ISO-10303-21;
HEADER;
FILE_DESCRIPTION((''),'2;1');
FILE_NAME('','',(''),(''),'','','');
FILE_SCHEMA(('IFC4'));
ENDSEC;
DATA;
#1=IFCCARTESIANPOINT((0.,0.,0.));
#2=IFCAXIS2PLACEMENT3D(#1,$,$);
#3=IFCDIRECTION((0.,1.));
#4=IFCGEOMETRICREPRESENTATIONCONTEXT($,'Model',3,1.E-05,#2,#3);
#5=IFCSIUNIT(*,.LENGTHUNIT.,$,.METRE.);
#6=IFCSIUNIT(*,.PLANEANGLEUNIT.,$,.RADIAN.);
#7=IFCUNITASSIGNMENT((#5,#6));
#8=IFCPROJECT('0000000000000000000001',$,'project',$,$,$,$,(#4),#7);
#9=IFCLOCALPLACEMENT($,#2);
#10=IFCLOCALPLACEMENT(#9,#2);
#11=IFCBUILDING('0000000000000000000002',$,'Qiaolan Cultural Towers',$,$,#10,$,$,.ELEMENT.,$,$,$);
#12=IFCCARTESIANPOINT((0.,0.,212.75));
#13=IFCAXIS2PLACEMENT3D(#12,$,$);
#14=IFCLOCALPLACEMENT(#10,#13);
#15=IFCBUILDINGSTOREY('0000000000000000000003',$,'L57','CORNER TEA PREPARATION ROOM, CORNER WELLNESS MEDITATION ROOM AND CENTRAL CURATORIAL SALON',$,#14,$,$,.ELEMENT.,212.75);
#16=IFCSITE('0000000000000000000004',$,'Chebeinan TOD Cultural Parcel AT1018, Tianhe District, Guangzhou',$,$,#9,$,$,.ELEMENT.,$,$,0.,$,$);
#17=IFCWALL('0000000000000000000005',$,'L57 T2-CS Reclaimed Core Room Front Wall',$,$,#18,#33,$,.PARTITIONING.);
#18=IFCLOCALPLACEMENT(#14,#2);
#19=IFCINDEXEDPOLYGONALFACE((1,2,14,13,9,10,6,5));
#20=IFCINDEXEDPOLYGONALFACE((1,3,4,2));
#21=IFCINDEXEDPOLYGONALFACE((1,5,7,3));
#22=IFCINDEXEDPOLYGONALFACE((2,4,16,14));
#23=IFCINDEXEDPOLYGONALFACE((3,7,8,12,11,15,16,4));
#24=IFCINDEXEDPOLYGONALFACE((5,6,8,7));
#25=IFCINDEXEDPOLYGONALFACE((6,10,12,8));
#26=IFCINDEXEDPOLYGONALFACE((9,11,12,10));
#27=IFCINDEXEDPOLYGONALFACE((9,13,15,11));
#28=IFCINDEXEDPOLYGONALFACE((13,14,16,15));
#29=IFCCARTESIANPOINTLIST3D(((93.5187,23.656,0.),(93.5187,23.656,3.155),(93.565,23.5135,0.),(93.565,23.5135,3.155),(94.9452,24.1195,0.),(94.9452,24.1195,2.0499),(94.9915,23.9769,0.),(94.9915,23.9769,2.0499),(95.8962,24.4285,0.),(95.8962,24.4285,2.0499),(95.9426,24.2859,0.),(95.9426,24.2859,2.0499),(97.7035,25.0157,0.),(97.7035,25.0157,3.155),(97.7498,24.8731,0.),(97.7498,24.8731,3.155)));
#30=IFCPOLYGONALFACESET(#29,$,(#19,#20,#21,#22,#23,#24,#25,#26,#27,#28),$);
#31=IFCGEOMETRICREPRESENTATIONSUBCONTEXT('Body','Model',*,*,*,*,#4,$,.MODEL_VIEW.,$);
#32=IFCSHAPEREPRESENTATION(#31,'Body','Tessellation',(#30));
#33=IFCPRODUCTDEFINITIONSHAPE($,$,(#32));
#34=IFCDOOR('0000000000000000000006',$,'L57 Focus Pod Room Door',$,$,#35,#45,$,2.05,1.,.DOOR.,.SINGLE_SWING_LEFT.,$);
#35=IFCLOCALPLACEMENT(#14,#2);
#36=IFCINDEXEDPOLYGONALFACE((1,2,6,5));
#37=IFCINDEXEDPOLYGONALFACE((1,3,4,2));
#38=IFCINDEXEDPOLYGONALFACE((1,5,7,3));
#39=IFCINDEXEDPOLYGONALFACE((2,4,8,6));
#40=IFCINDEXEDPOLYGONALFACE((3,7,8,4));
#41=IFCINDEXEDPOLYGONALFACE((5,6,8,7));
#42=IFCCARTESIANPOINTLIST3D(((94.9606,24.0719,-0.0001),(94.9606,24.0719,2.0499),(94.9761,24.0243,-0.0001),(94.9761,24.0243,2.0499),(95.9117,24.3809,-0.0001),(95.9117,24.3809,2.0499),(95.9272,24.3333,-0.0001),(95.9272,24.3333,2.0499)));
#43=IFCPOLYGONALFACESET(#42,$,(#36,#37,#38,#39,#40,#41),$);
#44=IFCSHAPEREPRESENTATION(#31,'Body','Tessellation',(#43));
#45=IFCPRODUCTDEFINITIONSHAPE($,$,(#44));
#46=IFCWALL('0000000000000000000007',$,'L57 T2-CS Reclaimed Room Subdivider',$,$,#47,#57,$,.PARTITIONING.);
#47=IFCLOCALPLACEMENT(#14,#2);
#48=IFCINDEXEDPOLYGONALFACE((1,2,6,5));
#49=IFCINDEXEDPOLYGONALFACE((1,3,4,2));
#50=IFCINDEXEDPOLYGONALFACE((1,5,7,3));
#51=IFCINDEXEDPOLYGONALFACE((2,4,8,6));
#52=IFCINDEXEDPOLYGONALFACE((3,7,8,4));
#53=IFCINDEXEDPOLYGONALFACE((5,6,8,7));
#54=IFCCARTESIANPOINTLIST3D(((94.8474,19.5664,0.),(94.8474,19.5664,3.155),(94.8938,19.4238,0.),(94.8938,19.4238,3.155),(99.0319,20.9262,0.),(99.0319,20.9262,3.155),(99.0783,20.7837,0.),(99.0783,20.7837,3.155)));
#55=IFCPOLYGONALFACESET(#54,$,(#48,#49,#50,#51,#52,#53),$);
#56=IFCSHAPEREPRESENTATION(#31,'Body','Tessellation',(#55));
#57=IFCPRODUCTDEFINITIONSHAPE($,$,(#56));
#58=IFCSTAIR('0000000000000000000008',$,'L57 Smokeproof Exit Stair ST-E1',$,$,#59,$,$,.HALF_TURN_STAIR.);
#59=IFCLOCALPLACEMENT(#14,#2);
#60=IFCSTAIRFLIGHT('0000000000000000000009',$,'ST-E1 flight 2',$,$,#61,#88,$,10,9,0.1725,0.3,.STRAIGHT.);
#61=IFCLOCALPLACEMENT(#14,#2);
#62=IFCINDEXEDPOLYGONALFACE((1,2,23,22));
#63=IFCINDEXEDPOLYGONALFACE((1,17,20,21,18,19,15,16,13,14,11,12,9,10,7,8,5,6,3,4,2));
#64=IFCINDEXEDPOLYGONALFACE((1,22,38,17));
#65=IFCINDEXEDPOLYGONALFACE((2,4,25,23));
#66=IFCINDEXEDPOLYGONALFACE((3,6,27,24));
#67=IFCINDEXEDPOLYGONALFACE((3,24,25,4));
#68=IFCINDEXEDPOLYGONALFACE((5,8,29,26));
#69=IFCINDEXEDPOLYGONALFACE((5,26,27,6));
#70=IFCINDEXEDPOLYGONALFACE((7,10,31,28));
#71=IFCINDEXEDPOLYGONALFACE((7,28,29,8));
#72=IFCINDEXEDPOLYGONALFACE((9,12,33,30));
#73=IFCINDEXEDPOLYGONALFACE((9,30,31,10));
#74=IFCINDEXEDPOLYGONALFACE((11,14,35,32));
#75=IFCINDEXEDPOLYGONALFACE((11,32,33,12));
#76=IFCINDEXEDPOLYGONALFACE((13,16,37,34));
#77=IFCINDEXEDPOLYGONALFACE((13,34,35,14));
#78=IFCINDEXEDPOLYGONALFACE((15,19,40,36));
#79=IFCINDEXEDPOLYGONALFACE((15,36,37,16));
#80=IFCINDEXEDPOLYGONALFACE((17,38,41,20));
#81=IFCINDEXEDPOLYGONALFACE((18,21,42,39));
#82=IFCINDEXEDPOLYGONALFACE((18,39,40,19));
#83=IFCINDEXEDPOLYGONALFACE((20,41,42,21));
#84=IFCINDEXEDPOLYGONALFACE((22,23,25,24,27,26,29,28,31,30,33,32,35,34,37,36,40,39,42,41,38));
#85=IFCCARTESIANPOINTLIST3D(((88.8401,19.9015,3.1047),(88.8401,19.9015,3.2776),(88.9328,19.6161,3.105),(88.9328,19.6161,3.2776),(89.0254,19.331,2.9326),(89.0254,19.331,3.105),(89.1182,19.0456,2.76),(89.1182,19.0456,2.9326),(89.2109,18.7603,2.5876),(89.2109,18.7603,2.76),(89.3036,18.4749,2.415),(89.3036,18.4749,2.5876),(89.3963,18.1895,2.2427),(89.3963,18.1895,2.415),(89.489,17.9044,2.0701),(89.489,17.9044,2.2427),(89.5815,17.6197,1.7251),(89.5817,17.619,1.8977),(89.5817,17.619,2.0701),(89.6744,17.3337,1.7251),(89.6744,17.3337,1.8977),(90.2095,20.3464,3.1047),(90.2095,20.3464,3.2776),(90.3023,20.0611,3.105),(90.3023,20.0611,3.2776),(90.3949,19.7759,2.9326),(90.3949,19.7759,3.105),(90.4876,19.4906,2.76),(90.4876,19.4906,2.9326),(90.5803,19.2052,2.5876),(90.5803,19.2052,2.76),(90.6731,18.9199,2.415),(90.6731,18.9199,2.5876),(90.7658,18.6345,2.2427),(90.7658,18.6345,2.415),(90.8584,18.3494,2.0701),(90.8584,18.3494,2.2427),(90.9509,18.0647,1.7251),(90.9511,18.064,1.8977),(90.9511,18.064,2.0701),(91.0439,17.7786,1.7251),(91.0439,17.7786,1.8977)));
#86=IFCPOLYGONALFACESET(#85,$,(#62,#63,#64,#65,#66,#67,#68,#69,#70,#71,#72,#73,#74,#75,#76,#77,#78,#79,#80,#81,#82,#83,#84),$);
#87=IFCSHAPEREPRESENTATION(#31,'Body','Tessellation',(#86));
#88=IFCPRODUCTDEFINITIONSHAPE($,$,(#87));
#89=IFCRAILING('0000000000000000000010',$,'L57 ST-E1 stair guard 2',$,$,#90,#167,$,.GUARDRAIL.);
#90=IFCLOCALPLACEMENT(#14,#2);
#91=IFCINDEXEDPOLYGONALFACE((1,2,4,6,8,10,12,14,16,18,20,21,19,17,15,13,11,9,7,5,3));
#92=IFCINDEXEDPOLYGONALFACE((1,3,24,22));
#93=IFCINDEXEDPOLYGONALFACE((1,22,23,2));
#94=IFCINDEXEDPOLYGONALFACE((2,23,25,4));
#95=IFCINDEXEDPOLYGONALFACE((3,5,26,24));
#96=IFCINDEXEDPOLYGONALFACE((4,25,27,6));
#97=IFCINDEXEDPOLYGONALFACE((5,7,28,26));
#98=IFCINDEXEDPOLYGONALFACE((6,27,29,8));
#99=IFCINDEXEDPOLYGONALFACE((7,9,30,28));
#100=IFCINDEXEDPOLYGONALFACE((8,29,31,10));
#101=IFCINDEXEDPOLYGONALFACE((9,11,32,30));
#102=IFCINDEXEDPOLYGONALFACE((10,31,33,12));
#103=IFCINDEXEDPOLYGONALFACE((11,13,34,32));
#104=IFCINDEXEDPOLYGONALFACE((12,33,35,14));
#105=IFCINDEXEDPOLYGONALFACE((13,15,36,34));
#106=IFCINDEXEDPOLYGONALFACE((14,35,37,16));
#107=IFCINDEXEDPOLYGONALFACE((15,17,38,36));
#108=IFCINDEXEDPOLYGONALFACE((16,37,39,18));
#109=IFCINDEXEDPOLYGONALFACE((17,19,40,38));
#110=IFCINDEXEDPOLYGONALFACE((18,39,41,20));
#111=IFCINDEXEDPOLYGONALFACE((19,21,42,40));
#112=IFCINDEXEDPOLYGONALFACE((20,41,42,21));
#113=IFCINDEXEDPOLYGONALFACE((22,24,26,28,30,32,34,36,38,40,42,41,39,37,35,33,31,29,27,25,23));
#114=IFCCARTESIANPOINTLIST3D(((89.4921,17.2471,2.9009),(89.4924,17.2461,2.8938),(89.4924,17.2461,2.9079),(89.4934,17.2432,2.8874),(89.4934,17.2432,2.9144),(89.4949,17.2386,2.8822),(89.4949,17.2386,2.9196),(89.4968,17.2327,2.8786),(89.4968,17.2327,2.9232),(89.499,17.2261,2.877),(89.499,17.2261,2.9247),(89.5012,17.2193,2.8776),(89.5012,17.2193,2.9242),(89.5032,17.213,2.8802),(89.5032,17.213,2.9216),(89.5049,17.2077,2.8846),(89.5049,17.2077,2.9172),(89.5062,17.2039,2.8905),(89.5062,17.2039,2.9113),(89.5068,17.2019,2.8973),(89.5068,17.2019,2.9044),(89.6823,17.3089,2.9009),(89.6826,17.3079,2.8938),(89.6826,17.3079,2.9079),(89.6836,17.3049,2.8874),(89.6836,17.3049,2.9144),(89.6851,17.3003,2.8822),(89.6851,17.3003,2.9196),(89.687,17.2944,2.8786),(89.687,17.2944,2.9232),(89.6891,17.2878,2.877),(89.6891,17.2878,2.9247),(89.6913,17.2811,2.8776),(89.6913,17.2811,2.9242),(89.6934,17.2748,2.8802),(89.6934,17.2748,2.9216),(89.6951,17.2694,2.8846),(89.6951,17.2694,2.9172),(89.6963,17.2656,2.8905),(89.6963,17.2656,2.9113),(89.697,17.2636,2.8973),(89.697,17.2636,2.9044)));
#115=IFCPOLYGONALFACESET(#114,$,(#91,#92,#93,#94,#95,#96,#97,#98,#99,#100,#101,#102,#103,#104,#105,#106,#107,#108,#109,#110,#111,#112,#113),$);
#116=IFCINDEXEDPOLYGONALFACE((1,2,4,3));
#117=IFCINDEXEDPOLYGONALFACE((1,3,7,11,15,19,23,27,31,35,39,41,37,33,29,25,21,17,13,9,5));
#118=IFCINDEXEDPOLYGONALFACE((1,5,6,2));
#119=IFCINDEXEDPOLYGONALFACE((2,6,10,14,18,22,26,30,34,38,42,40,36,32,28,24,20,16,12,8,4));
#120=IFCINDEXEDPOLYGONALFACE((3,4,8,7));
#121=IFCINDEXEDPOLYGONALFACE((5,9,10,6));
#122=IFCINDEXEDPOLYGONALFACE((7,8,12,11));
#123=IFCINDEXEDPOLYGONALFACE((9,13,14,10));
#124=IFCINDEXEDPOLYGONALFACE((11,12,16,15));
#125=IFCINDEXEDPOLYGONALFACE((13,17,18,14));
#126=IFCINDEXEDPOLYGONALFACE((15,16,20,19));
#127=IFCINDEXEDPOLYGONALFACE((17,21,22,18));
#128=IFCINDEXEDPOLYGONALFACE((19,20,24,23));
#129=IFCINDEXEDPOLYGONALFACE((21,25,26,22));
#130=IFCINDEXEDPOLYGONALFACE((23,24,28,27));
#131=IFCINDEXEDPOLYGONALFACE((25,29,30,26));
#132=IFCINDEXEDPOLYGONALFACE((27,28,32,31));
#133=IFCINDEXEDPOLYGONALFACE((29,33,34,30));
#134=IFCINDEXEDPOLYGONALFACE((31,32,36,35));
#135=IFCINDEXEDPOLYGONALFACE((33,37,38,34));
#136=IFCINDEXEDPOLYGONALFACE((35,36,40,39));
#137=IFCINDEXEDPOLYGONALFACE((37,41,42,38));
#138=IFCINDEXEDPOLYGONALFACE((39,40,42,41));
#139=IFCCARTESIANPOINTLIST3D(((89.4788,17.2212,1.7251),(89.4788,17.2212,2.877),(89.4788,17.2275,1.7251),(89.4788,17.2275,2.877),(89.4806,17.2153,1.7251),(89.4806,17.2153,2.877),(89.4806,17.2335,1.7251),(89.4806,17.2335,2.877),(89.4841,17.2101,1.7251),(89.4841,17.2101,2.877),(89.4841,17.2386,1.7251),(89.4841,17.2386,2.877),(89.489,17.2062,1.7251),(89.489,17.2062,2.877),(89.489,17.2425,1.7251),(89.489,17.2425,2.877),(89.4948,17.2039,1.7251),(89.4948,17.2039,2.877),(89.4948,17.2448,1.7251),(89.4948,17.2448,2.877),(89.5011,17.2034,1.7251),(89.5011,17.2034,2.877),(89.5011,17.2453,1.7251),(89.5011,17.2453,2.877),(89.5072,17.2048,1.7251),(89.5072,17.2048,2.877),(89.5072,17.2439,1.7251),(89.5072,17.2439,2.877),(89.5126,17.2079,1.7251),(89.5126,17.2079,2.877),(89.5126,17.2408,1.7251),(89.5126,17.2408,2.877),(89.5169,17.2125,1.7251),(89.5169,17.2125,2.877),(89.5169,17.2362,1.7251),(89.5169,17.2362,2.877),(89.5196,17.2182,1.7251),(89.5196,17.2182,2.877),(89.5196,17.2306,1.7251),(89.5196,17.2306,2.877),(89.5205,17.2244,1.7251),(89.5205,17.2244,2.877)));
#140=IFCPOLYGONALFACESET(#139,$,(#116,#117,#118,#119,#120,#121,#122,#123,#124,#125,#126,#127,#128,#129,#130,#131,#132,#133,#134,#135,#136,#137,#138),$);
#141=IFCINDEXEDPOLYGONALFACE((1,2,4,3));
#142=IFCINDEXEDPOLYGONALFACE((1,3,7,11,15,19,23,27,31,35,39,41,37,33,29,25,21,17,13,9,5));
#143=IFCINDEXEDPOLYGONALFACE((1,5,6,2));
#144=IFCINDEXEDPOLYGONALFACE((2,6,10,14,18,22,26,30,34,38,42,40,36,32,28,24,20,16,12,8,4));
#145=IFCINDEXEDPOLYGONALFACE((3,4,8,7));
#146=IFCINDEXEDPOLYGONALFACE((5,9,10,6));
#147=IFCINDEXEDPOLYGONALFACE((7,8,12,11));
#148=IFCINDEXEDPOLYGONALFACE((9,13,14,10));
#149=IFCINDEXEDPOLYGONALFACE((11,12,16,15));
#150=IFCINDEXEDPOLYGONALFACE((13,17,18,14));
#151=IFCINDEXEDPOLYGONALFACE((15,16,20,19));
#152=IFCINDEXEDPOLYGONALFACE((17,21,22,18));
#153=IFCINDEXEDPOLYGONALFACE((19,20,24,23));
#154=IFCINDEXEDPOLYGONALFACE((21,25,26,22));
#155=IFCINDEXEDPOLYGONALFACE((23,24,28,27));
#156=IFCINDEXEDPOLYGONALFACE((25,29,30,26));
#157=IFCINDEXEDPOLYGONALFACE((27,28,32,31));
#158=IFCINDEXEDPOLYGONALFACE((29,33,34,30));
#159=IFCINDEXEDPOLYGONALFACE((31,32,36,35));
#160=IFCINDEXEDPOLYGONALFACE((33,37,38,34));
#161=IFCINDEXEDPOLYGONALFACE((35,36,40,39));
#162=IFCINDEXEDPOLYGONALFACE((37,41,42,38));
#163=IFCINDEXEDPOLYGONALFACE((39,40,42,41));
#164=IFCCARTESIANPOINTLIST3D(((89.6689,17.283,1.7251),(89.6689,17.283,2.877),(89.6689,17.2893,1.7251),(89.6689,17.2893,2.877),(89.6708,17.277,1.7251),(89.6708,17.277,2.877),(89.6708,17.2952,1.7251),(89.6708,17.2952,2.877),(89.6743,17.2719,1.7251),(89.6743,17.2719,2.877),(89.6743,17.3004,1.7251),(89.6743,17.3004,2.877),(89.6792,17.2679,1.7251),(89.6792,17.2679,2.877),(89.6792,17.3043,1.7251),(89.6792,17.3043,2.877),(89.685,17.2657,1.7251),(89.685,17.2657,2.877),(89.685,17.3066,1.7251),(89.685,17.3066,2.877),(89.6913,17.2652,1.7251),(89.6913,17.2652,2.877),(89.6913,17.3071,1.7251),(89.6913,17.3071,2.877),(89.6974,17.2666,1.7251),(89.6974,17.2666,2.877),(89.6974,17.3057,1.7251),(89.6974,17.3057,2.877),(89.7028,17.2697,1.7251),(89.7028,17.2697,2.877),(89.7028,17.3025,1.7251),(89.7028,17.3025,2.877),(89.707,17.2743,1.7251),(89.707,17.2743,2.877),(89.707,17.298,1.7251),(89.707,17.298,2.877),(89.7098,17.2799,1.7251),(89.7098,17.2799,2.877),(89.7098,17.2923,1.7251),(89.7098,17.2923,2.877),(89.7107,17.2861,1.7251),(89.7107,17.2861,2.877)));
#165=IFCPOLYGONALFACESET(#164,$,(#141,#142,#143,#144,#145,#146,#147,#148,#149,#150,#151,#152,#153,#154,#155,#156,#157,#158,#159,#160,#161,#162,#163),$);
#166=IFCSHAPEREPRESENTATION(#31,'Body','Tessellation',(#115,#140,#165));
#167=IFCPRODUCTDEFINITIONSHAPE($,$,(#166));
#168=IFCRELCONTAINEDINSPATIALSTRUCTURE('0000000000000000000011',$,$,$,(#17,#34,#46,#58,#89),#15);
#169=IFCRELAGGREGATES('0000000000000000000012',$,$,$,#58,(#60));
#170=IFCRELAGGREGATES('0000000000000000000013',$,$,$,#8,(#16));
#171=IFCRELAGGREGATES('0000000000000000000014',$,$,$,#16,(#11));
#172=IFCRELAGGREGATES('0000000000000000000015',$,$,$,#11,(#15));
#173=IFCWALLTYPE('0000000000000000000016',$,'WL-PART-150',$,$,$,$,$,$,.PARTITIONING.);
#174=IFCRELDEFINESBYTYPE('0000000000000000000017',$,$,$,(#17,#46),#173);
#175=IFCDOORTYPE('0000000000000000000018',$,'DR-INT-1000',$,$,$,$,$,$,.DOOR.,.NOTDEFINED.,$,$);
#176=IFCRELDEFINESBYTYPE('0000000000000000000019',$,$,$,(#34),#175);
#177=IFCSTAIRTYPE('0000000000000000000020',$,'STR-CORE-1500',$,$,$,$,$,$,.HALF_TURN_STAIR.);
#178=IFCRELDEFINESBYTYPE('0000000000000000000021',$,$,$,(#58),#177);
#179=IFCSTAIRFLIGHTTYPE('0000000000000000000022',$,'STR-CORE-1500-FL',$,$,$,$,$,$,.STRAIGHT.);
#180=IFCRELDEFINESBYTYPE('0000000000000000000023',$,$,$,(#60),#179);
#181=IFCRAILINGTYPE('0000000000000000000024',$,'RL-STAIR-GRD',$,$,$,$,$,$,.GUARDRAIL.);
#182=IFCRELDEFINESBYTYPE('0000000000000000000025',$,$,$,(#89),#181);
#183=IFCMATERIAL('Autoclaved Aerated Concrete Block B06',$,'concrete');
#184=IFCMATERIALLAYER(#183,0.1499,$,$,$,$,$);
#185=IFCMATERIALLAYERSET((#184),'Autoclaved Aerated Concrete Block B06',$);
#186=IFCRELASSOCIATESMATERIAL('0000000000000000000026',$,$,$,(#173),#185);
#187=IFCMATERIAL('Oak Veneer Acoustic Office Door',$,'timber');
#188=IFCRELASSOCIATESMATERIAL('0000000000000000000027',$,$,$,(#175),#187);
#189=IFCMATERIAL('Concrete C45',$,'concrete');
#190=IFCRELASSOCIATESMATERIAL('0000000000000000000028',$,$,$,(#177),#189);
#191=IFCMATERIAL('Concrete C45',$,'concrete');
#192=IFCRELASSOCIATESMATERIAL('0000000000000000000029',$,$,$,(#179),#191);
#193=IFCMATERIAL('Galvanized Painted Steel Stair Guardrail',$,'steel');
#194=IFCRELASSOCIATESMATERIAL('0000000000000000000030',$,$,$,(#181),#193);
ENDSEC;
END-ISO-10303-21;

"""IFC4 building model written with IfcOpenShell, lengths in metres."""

from ifc_helpers import new_model, si_unit, direction, frame, frame_2d, origin, origin_2d, place, context, subcontext, project, spatial, polyline, rectangle, circle, outline, extrude, material, layer, layer_set, type_object, element, fill, aggregate, save


model = new_model("IFC4")

# Units and contexts
model_context = context("Model", 3, precision=1e-05, world=origin(), true_north=direction((0.0, 1.0)))
body_context = subcontext(model_context, "Body", "Model", "MODEL_VIEW")
ifc_project = project(units=[si_unit("LENGTHUNIT", "METRE"), si_unit("PLANEANGLEUNIT", "RADIAN")], contexts=[model_context])

# Site, building, storey
site_placement = place(None, origin())
site = spatial("IfcSite", under=ifc_project, at=site_placement, Name="Chebeinan TOD Cultural Parcel AT1018, Tianhe District, Guangzhou", CompositionType="ELEMENT", RefElevation=0.0)
building_placement = place(site_placement, origin())
building = spatial("IfcBuilding", under=site, at=building_placement, Name="Qiaolan Cultural Towers", CompositionType="ELEMENT")
storey_placement = place(building_placement, frame((0.0, 0.0, 212.75)))
storey = spatial("IfcBuildingStorey", under=building, at=storey_placement, Name="L57", Description="CORNER TEA PREPARATION ROOM, CORNER WELLNESS MEDITATION ROOM AND CENTRAL CURATORIAL SALON", CompositionType="ELEMENT", Elevation=212.75)

# Wall, opening, door
ifc_material_1 = material(Name="Autoclaved Aerated Concrete Block B06", Category="concrete")
ifc_layer_1 = layer(ifc_material_1, 0.1499)
ifc_layer_set_1 = layer_set([ifc_layer_1], Name="Autoclaved Aerated Concrete Block B06")
wall_type_1 = type_object("IfcWallType", Name="WL-PART-150", PredefinedType="PARTITIONING", material=ifc_layer_set_1)
wall_1_placement = place(storey_placement, frame((93.5417, 23.5847, 0.0), z_axis=(0.0, 0.0, 1.0), x_axis=(0.951064, 0.308994, 0.0)))
wall_1 = element("IfcWall", 1, at=wall_1_placement, inside=storey, type_object=wall_type_1, Name="L57 T2-CS Reclaimed Core Room Front Wall", PredefinedType="PARTITIONING", context=body_context, shape_type="SweptSolid", body=[
    extrude(rectangle(XDim=4.4001, YDim=0.1499, at=frame_2d((2.2002, 0.0))), origin(), (0.0, 0.0, 1.0), 3.155),
])
opening_1_placement = place(wall_1_placement, frame((1.5, 0.0, 0.0)))
opening_1 = element("IfcOpeningElement", 2, at=opening_1_placement, cuts=wall_1, PredefinedType="OPENING", context=body_context, shape_type="SweptSolid", body=[
    extrude(rectangle(XDim=1.0, YDim=2.05, at=frame_2d((0.5, 1.0249))), frame((0.0, 0.085, 0.0), z_axis=(0.0, -1.0, 0.0), x_axis=(1.0, 0.0, 0.0)), (0.0, 0.0, 1.0), 0.1699),
])
ifc_material_2 = material(Name="Oak Veneer Acoustic Office Door", Category="timber")
door_type_1 = type_object("IfcDoorType", Name="DR-INT-1000", OperationType="NOTDEFINED", PredefinedType="DOOR", material=ifc_material_2)
door_1_placement = place(opening_1_placement, origin())
door_1 = element("IfcDoor", 3, at=door_1_placement, inside=storey, type_object=door_type_1, Name="L57 Focus Pod Room Door", OperationType="SINGLE_SWING_LEFT", OverallHeight=2.05, OverallWidth=1.0, PredefinedType="DOOR", context=body_context, shape_type="SweptSolid", body=[
    extrude(rectangle(XDim=1.0, YDim=2.05, at=frame_2d((0.5, 1.0249))), frame((0.0, 0.0249, 0.0), z_axis=(0.0, -1.0, 0.0), x_axis=(1.0, 0.0, 0.0)), (0.0, 0.0, 1.0), 0.05),
])
fill(opening_1, door_1)

# Wall
wall_2_placement = place(storey_placement, frame((94.8706, 19.4951, 0.0), z_axis=(0.0, 0.0, 1.0), x_axis=(0.951042, 0.309061, 0.0)))
element("IfcWall", 4, at=wall_2_placement, inside=storey, type_object=wall_type_1, Name="L57 T2-CS Reclaimed Room Subdivider", PredefinedType="PARTITIONING", context=body_context, shape_type="SweptSolid", body=[
    extrude(rectangle(XDim=4.3999, YDim=0.1499, at=frame_2d((2.2, 0.0))), origin(), (0.0, 0.0, 1.0), 3.155),
])

# Stair, stair flight
ifc_material_3 = material(Name="Concrete C45", Category="concrete")
stair_type = type_object("IfcStairType", Name="STR-CORE-1500", PredefinedType="HALF_TURN_STAIR", material=ifc_material_3)
stair_placement = place(storey_placement, origin())
stair = element("IfcStair", 5, at=stair_placement, inside=storey, type_object=stair_type, Name="L57 Smokeproof Exit Stair ST-E1", PredefinedType="HALF_TURN_STAIR")
ifc_material_4 = material(Name="Concrete C45", Category="concrete")
stair_flight_type = type_object("IfcStairFlightType", Name="STR-CORE-1500-FL", PredefinedType="STRAIGHT", material=ifc_material_4)
stair_flight_placement = place(storey_placement, frame((90.3591, 17.5562, 1.7251), z_axis=(0.0, 0.0, 1.0), x_axis=(-0.309017, 0.951057, 0.0)))
stair_flight = element("IfcStairFlight", 6, at=stair_flight_placement, type_object=stair_flight_type, Name="ST-E1 flight 2", NumberOfRisers=10, NumberOfTreads=9, PredefinedType="STRAIGHT", RiserHeight=0.1725, TreadLength=0.3, context=body_context, shape_type="SweptSolid", body=[
    extrude(outline(polyline([(0.0, 0.0), (0.0, 0.1726), (0.3, 0.1726), (0.3, 0.345), (0.6001, 0.345), (0.6001, 0.5176), (0.8999, 0.5176), (0.8999, 0.6899), (1.2, 0.6899), (1.2, 0.8625), (1.5, 0.8625), (1.5, 1.0349), (1.8, 1.0349), (1.8, 1.2075), (2.1001, 1.2075), (2.1001, 1.3799), (2.3999, 1.3799), (2.3999, 1.5525), (2.7, 1.5525), (2.7, 1.7251), (2.7, 1.3796), (0.3008, 0.0), (0.0, 0.0)])), frame((0.0, 0.72, 0.0), z_axis=(0.0, -1.0, 0.0), x_axis=(1.0, 0.0, 0.0)), (0.0, 0.0, 1.0), 1.4399),
])
aggregate(stair, [stair_flight])

# Railing
ifc_material_5 = material(Name="Galvanized Painted Steel Stair Guardrail", Category="steel")
railing_type_1 = type_object("IfcRailingType", Name="RL-STAIR-GRD", PredefinedType="GUARDRAIL", material=ifc_material_5)
railing_1_placement = place(storey_placement, frame((89.4995, 17.2244, 1.7251)))
element("IfcRailing", 7, at=railing_1_placement, inside=storey, type_object=railing_type_1, Name="L57 ST-E1 stair guard 2", PredefinedType="GUARDRAIL", context=body_context, shape_type="SweptSolid", body=[
    extrude(circle(Radius=0.0239, at=origin_2d()), frame((0.0, 0.0, 1.1758), z_axis=(0.951097, 0.308893, 0.0), x_axis=(-0.308893, 0.951097, 0.0)), (0.0, 0.0, 1.0), 0.2),
    extrude(circle(Radius=0.021, at=origin_2d()), origin(), (0.0, 0.0, 1.0), 1.1519),
    extrude(circle(Radius=0.021, at=origin_2d()), frame((0.1902, 0.0618, 0.0)), (0.0, 0.0, 1.0), 1.1519),
])

save(model, "model.ifc")
